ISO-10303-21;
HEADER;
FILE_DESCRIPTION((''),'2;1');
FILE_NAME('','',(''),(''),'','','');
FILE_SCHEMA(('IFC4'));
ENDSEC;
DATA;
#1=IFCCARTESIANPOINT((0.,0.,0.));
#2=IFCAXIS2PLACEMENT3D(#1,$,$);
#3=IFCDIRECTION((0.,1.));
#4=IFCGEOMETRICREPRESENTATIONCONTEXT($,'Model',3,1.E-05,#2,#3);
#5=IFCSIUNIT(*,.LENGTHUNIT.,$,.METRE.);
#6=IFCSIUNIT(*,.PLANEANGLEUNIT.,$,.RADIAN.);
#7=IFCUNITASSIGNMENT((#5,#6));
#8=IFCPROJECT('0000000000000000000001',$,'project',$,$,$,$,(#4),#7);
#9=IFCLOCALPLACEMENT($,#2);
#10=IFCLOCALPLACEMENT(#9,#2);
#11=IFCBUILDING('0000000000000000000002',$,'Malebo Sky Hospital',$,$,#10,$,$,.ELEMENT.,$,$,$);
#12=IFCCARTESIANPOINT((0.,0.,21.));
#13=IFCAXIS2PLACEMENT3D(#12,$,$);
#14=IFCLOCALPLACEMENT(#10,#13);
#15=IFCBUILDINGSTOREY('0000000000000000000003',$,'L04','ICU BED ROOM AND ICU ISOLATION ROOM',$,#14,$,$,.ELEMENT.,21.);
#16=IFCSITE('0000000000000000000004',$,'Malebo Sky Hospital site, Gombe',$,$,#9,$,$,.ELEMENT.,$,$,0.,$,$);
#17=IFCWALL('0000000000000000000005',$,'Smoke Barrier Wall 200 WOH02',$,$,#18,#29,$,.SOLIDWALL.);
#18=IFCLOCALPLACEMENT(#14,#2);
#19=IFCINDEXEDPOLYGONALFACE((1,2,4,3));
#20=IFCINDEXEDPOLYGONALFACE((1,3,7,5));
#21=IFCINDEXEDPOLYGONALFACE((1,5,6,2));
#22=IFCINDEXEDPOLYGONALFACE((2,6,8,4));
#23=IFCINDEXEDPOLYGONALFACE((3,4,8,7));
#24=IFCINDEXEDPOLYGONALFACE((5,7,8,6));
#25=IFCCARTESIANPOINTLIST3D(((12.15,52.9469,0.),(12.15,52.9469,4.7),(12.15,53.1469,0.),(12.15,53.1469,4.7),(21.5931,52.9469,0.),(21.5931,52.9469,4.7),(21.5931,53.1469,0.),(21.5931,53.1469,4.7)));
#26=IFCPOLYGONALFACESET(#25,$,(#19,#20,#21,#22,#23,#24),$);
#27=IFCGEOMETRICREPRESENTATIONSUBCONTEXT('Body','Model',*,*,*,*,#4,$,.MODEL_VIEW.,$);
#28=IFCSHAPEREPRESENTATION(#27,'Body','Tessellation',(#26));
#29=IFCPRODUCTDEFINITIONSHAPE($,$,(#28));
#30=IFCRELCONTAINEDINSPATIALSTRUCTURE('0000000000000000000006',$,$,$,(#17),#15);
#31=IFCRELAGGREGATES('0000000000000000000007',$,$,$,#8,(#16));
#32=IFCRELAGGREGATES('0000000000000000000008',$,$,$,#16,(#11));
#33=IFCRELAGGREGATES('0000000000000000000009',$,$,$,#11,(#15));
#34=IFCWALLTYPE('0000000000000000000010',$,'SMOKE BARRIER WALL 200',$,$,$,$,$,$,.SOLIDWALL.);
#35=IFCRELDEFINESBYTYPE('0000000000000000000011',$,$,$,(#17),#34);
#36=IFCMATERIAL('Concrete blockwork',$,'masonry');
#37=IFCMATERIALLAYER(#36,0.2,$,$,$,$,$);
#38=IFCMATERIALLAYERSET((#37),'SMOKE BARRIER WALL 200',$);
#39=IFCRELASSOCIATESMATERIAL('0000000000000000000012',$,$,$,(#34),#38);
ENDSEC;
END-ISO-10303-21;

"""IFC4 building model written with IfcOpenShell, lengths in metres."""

from ifc_helpers import new_model, si_unit, direction, frame, frame_2d, origin, place, context, subcontext, project, spatial, rectangle, extrude, material, layer, layer_set, type_object, element, save


model = new_model("IFC4")

# Units and contexts
model_context = context("Model", 3, precision=1e-05, world=origin(), true_north=direction((0.0, 1.0)))
body_context = subcontext(model_context, "Body", "Model", "MODEL_VIEW")
ifc_project = project(units=[si_unit("LENGTHUNIT", "METRE"), si_unit("PLANEANGLEUNIT", "RADIAN")], contexts=[model_context])

# Site, building, storey
site_placement = place(None, origin())
site = spatial("IfcSite", under=ifc_project, at=site_placement, Name="Malebo Sky Hospital site, Gombe", CompositionType="ELEMENT", RefElevation=0.0)
building_placement = place(site_placement, origin())
building = spatial("IfcBuilding", under=site, at=building_placement, Name="Malebo Sky Hospital", CompositionType="ELEMENT")
storey_placement = place(building_placement, frame((0.0, 0.0, 21.0)))
storey = spatial("IfcBuildingStorey", under=building, at=storey_placement, Name="L04", Description="ICU BED ROOM AND ICU ISOLATION ROOM", CompositionType="ELEMENT", Elevation=21.0)

# Wall
ifc_material_1 = material(Name="Concrete blockwork", Category="masonry")
ifc_layer_1 = layer(ifc_material_1, 0.2)
ifc_layer_set_1 = layer_set([ifc_layer_1], Name="SMOKE BARRIER WALL 200")
wall_type_1 = type_object("IfcWallType", Name="SMOKE BARRIER WALL 200", PredefinedType="SOLIDWALL", material=ifc_layer_set_1)
wall_placement = place(storey_placement, frame((12.1499, 53.0469, 0.0), z_axis=(0.0, 0.0, 1.0), x_axis=(1.0, 0.0, 0.0)))
element("IfcWall", 1, at=wall_placement, inside=storey, type_object=wall_type_1, Name="Smoke Barrier Wall 200 WOH02", PredefinedType="SOLIDWALL", context=body_context, shape_type="SweptSolid", body=[
    extrude(rectangle(XDim=9.4431, YDim=0.2, at=frame_2d((4.7217, 0.0))), origin(), (0.0, 0.0, 1.0), 4.7),
])

save(model, "model.ifc")
